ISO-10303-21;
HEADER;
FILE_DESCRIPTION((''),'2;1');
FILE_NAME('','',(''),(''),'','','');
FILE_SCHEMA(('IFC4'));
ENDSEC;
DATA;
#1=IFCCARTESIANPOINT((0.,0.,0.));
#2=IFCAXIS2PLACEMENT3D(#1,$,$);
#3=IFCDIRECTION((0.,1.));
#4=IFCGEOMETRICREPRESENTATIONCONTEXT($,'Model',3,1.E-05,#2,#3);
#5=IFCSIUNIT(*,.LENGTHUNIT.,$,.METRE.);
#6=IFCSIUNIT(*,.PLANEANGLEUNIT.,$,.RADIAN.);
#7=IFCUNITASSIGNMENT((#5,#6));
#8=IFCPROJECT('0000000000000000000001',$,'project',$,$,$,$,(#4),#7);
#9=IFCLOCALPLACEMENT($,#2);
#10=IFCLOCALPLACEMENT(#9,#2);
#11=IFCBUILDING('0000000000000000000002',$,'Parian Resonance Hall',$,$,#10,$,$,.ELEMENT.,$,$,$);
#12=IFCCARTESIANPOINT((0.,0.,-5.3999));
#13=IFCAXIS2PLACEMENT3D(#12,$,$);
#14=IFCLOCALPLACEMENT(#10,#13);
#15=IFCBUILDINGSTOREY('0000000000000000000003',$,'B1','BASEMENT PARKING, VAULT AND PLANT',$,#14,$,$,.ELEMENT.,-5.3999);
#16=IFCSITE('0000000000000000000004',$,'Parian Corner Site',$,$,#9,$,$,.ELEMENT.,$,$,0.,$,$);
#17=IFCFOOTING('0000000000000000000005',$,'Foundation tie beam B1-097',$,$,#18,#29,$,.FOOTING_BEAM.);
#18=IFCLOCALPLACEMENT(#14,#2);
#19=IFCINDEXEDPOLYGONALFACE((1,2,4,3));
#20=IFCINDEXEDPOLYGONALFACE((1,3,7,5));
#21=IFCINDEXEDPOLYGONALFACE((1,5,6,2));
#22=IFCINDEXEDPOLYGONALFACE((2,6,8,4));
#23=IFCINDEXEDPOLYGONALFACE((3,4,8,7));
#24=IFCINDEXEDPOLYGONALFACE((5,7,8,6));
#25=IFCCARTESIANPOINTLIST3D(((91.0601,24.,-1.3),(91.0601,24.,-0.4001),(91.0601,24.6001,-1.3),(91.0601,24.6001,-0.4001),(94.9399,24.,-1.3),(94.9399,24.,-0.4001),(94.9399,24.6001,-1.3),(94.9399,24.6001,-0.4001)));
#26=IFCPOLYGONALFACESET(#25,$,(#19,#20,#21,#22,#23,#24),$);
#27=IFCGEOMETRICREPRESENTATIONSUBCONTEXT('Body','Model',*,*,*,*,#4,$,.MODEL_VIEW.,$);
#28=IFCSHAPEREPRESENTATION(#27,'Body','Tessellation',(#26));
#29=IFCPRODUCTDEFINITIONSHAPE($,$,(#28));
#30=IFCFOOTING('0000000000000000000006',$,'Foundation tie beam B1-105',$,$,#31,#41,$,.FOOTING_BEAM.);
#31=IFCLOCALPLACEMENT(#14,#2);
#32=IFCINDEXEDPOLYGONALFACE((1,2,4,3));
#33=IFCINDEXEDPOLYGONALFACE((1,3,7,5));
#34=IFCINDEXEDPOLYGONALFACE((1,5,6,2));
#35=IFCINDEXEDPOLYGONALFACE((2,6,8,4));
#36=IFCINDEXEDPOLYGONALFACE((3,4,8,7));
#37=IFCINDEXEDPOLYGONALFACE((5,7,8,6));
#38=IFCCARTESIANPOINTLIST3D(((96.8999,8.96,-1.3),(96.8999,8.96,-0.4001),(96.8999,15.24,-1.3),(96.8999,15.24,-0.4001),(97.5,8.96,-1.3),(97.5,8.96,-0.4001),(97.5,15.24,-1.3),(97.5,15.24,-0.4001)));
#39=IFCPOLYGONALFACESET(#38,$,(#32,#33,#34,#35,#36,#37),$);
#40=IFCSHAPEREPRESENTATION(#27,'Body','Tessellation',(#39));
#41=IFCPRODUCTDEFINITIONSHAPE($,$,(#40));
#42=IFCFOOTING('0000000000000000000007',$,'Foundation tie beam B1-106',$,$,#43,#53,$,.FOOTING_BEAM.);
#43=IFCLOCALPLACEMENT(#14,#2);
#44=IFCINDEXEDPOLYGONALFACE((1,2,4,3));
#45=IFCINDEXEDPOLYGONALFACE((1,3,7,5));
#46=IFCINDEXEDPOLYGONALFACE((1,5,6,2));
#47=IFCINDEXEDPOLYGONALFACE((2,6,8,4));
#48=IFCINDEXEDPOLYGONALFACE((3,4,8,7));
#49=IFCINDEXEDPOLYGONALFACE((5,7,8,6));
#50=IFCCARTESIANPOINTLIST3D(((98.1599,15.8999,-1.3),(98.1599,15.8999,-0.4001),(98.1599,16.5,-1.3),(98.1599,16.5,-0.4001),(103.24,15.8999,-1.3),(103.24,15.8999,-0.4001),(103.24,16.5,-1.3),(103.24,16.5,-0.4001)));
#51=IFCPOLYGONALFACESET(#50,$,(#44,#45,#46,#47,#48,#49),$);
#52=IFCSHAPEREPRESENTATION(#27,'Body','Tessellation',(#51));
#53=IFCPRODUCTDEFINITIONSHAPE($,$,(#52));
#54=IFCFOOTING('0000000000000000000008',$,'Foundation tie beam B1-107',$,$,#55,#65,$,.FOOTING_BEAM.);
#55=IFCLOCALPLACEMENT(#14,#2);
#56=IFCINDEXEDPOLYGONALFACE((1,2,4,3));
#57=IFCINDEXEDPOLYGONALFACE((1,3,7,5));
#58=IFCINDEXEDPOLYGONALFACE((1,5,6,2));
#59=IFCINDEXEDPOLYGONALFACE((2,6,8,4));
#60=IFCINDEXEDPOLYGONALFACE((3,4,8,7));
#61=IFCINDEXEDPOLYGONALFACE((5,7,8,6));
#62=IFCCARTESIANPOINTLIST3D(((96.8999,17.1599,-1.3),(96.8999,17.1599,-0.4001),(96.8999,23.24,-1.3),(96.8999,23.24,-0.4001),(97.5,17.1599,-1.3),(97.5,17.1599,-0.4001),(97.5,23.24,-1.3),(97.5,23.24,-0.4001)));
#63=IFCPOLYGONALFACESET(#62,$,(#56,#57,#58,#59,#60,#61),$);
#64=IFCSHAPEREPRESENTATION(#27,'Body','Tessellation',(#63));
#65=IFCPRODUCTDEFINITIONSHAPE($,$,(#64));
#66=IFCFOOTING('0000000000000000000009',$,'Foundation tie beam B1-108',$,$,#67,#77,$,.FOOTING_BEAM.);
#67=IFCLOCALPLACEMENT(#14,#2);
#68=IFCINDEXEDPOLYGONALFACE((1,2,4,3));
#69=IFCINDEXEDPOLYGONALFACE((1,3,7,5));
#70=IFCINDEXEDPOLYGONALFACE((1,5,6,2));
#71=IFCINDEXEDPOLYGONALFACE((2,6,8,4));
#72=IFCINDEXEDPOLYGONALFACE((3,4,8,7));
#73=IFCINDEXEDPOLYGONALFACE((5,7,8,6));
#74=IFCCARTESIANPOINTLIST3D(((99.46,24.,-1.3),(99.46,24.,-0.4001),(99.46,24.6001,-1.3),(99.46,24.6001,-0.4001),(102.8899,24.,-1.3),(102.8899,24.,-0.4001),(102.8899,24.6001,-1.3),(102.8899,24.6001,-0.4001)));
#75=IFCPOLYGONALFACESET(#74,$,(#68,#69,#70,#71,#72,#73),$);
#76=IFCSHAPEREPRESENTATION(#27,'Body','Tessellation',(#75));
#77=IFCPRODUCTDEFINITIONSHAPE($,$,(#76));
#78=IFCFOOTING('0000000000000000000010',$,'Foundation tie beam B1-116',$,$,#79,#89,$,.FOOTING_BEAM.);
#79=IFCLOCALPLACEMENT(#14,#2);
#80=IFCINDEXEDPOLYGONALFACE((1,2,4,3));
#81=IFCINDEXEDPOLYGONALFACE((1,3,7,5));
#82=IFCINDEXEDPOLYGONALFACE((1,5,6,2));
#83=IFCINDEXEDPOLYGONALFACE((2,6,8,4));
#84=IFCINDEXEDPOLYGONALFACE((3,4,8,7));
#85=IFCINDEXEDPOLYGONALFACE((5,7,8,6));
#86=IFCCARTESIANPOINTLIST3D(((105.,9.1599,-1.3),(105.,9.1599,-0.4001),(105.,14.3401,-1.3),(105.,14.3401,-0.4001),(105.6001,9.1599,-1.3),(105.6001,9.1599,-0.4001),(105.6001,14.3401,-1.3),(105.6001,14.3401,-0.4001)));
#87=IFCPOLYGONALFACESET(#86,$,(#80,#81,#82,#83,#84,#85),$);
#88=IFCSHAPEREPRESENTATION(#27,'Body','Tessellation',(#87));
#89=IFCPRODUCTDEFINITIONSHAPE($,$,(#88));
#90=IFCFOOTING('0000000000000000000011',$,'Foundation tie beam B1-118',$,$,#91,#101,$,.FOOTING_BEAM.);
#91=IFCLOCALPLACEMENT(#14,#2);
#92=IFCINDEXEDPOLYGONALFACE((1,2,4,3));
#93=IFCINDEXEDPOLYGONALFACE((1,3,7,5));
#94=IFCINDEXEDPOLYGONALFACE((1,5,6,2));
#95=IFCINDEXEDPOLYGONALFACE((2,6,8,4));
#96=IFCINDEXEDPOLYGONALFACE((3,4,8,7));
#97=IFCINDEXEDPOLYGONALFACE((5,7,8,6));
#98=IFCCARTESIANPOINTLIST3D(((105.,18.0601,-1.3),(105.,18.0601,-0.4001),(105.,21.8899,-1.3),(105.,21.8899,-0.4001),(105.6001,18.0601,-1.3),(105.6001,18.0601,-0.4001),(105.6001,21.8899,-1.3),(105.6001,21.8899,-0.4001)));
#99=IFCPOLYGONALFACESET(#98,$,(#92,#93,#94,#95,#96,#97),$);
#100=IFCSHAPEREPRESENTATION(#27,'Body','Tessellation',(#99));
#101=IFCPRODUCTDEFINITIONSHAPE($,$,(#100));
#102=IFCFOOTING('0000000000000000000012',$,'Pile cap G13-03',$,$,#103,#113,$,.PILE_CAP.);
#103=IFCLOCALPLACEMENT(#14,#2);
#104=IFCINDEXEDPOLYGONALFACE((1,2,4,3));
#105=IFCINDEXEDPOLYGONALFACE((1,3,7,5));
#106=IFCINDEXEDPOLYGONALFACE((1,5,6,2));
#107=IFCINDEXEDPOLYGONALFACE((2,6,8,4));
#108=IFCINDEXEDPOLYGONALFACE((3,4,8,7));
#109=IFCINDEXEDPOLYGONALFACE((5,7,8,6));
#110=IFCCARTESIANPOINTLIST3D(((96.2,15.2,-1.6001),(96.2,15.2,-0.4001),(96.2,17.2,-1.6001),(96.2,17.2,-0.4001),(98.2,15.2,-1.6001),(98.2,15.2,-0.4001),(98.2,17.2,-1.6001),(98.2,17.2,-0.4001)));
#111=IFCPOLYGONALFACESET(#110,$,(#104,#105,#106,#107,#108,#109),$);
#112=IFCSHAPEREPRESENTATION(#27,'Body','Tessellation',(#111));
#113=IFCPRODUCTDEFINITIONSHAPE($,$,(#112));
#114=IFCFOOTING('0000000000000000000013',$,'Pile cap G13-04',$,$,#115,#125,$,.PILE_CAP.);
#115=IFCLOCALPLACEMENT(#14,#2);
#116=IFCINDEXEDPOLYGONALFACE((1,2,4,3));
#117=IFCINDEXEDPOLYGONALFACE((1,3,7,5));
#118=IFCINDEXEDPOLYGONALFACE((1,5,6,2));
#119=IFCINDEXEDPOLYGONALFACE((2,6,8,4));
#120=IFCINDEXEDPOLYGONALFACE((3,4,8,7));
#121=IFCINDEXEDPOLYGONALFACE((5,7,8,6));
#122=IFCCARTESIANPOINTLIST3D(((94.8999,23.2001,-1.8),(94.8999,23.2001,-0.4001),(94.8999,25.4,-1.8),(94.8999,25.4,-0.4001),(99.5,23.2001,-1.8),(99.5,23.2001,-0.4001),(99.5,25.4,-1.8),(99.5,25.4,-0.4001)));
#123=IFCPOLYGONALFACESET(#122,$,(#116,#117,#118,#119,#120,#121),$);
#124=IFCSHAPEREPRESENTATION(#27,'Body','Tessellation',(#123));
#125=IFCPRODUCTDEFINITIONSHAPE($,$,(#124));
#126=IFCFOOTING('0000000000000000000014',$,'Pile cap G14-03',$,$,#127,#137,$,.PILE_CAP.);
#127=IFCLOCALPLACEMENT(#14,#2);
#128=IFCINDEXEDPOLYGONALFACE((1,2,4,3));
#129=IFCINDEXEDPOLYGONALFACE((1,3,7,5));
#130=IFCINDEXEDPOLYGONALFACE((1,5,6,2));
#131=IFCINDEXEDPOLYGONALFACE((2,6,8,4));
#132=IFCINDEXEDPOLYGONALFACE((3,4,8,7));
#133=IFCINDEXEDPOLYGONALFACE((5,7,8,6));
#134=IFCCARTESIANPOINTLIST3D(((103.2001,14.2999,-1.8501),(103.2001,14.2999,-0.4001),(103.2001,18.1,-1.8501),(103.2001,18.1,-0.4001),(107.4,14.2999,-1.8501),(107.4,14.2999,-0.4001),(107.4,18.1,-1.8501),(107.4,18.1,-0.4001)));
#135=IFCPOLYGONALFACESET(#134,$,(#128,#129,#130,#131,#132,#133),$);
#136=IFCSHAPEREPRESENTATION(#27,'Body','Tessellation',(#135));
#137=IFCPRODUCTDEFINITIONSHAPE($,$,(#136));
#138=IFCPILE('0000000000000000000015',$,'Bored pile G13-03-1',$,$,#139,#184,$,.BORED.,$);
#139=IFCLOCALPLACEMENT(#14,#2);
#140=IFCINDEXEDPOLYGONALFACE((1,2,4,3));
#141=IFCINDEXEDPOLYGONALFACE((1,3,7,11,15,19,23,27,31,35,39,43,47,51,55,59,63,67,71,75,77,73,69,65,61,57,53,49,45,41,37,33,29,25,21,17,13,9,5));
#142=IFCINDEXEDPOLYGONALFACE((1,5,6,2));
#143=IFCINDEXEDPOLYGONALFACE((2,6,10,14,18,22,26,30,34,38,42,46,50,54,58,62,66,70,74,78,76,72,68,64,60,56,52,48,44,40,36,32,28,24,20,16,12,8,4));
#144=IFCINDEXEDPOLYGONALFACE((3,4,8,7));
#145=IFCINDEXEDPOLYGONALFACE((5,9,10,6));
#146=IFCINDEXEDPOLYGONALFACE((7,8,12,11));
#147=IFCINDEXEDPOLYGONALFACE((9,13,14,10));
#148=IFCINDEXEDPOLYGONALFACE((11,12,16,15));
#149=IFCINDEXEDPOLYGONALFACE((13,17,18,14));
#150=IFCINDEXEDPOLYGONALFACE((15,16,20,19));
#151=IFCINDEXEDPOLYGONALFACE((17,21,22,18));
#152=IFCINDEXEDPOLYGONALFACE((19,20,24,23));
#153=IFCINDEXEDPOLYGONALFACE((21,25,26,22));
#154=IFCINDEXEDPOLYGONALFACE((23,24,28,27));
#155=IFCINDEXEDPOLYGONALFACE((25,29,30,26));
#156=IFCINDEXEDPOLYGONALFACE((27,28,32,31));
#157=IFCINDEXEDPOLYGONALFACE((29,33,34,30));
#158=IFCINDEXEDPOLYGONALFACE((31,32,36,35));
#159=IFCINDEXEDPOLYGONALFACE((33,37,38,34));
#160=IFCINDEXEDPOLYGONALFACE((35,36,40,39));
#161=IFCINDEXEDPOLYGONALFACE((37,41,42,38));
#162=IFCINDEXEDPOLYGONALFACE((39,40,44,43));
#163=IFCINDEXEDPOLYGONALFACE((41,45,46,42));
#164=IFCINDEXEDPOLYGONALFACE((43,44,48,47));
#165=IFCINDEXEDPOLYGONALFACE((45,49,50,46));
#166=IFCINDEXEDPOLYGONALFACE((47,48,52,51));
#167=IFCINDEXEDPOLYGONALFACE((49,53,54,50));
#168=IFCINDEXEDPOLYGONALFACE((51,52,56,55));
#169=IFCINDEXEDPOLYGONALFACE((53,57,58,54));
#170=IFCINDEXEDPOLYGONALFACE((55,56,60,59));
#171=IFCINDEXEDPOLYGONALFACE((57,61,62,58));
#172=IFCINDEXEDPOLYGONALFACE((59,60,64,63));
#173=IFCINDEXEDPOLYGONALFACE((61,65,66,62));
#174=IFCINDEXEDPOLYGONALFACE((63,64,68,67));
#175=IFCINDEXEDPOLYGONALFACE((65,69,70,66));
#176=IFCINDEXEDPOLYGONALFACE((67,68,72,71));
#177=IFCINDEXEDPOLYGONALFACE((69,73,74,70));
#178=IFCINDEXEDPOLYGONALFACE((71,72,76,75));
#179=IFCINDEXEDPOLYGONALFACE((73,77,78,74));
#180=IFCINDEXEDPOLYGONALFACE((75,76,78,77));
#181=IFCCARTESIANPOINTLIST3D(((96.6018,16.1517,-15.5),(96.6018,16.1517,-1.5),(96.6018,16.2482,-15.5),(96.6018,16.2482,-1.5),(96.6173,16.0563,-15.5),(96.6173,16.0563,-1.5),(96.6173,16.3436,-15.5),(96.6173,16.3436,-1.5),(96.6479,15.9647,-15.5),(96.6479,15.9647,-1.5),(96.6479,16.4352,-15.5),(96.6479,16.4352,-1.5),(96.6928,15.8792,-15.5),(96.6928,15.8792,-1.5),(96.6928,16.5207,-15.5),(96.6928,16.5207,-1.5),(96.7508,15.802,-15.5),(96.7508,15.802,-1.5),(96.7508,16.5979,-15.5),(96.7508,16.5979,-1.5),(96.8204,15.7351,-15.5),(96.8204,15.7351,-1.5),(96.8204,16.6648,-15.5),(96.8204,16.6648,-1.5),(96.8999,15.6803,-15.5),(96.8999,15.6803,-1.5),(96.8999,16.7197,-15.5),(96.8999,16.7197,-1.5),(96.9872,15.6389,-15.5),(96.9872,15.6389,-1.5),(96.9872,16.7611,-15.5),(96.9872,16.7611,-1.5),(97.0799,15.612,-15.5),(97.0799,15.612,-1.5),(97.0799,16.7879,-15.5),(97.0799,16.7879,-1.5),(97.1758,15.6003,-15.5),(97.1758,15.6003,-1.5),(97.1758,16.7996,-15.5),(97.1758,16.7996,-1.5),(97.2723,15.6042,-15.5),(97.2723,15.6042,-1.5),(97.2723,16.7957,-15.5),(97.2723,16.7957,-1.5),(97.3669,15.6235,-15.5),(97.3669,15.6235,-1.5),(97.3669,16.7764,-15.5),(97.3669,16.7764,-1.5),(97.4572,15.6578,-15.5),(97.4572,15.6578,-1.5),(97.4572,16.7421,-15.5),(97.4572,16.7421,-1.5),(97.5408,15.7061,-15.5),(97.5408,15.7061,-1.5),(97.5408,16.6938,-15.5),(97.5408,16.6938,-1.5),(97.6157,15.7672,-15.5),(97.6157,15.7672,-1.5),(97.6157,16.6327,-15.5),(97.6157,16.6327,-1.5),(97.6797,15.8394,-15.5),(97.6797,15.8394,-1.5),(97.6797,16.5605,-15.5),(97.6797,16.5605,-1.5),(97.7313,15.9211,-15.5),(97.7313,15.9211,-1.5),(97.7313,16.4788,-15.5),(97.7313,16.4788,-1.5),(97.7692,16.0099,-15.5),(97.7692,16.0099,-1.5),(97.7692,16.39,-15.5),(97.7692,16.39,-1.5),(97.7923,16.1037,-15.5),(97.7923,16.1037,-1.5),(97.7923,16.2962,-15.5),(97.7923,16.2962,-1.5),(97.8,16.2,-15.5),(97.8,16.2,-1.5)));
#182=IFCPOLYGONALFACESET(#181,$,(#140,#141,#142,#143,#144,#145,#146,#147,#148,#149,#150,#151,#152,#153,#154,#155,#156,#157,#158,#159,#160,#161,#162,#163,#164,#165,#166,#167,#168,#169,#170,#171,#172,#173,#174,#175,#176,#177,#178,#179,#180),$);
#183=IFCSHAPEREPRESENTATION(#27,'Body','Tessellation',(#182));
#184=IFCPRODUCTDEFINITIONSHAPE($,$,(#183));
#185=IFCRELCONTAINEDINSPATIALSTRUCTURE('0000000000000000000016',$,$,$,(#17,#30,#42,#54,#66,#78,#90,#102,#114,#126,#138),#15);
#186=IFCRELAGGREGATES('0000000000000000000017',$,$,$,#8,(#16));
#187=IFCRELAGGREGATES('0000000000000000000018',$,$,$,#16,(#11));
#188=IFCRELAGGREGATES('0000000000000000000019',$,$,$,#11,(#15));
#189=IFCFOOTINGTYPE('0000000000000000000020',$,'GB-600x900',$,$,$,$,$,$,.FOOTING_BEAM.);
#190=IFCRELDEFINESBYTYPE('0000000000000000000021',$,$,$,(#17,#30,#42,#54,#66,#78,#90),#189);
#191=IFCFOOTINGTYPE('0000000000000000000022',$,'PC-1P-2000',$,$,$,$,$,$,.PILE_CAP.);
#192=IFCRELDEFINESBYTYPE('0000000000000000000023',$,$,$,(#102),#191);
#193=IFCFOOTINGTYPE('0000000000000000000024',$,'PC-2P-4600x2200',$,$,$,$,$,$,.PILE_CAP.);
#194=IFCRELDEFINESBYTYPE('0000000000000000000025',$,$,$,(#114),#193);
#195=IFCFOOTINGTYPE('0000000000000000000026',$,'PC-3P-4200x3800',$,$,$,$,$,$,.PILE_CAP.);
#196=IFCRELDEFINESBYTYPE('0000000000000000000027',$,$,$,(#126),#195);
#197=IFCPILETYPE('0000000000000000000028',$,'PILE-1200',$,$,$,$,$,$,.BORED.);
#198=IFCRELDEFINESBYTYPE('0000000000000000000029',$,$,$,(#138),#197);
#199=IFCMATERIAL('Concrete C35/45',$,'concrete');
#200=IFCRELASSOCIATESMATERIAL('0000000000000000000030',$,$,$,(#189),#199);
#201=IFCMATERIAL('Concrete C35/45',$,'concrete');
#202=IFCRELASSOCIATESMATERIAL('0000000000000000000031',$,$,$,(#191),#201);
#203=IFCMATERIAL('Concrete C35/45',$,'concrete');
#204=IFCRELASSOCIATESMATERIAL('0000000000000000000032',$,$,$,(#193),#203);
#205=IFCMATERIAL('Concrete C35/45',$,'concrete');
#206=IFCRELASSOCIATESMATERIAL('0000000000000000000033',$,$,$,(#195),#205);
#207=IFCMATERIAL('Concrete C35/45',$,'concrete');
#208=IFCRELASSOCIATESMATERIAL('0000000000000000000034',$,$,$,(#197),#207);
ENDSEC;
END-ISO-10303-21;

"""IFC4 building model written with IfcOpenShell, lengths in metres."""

from ifc_helpers import new_model, si_unit, direction, frame, origin, origin_2d, place, context, subcontext, project, spatial, rectangle, circle, extrude, material, material_profile, profile_set, type_object, element, save


model = new_model("IFC4")

# Units and contexts
model_context = context("Model", 3, precision=1e-05, world=origin(), true_north=direction((0.0, 1.0)))
body_context = subcontext(model_context, "Body", "Model", "MODEL_VIEW")
ifc_project = project(units=[si_unit("LENGTHUNIT", "METRE"), si_unit("PLANEANGLEUNIT", "RADIAN")], contexts=[model_context])

# Site, building, storey
site_placement = place(None, origin())
site = spatial("IfcSite", under=ifc_project, at=site_placement, Name="Parian Corner Site", CompositionType="ELEMENT", RefElevation=0.0)
building_placement = place(site_placement, origin())
building = spatial("IfcBuilding", under=site, at=building_placement, Name="Parian Resonance Hall", CompositionType="ELEMENT")
storey_placement = place(building_placement, frame((0.0, 0.0, -5.3999)))
storey = spatial("IfcBuildingStorey", under=building, at=storey_placement, Name="B1", Description="BASEMENT PARKING, VAULT AND PLANT", CompositionType="ELEMENT", Elevation=-5.3999)

# Footings
ifc_material_1 = material(Name="Concrete C35/45", Category="concrete")
ifc_material_profile_1 = material_profile(ifc_material_1, rectangle(XDim=0.6001, YDim=0.8999, at=origin_2d()), Name="RC-GB-600x900")
ifc_profile_set_1 = profile_set([ifc_material_profile_1], Name="Concrete C35/45")
footing_type_1 = type_object("IfcFootingType", Name="GB-600x900", PredefinedType="FOOTING_BEAM", material=ifc_profile_set_1)
footing_1_placement = place(storey_placement, frame((91.0601, 24.3, -0.8501), z_axis=(1.0, 0.0, 0.0), x_axis=(0.0, 1.0, 0.0)))
element("IfcFooting", 1, at=footing_1_placement, inside=storey, type_object=footing_type_1, Name="Foundation tie beam B1-097", PredefinedType="FOOTING_BEAM", context=body_context, shape_type="SweptSolid", body=[
    extrude(rectangle(XDim=0.6001, YDim=0.8999, at=origin_2d()), origin(), (0.0, 0.0, 1.0), 3.8799),
])
footing_2_placement = place(storey_placement, frame((97.2, 8.96, -0.8501), z_axis=(0.0, 1.0, 0.0), x_axis=(-1.0, 0.0, 0.0)))
element("IfcFooting", 2, at=footing_2_placement, inside=storey, type_object=footing_type_1, Name="Foundation tie beam B1-105", PredefinedType="FOOTING_BEAM", context=body_context, shape_type="SweptSolid", body=[
    extrude(rectangle(XDim=0.6001, YDim=0.8999, at=origin_2d()), origin(), (0.0, 0.0, 1.0), 6.28),
])
footing_3_placement = place(storey_placement, frame((98.1599, 16.2, -0.8501), z_axis=(1.0, 0.0, 0.0), x_axis=(0.0, 1.0, 0.0)))
element("IfcFooting", 3, at=footing_3_placement, inside=storey, type_object=footing_type_1, Name="Foundation tie beam B1-106", PredefinedType="FOOTING_BEAM", context=body_context, shape_type="SweptSolid", body=[
    extrude(rectangle(XDim=0.6001, YDim=0.8999, at=origin_2d()), origin(), (0.0, 0.0, 1.0), 5.0801),
])
footing_4_placement = place(storey_placement, frame((97.2, 17.1599, -0.8501), z_axis=(0.0, 1.0, 0.0), x_axis=(-1.0, 0.0, 0.0)))
element("IfcFooting", 4, at=footing_4_placement, inside=storey, type_object=footing_type_1, Name="Foundation tie beam B1-107", PredefinedType="FOOTING_BEAM", context=body_context, shape_type="SweptSolid", body=[
    extrude(rectangle(XDim=0.6001, YDim=0.8999, at=origin_2d()), origin(), (0.0, 0.0, 1.0), 6.0801),
])
footing_5_placement = place(storey_placement, frame((99.46, 24.3, -0.8501), z_axis=(1.0, 0.0, 0.0), x_axis=(0.0, 1.0, 0.0)))
element("IfcFooting", 5, at=footing_5_placement, inside=storey, type_object=footing_type_1, Name="Foundation tie beam B1-108", PredefinedType="FOOTING_BEAM", context=body_context, shape_type="SweptSolid", body=[
    extrude(rectangle(XDim=0.6001, YDim=0.8999, at=origin_2d()), origin(), (0.0, 0.0, 1.0), 3.4299),
])
footing_6_placement = place(storey_placement, frame((105.3, 9.1599, -0.8501), z_axis=(0.0, 1.0, 0.0), x_axis=(-1.0, 0.0, 0.0)))
element("IfcFooting", 6, at=footing_6_placement, inside=storey, type_object=footing_type_1, Name="Foundation tie beam B1-116", PredefinedType="FOOTING_BEAM", context=body_context, shape_type="SweptSolid", body=[
    extrude(rectangle(XDim=0.6001, YDim=0.8999, at=origin_2d()), origin(), (0.0, 0.0, 1.0), 5.1802),
])
footing_7_placement = place(storey_placement, frame((105.3, 18.0601, -0.8501), z_axis=(0.0, 1.0, 0.0), x_axis=(-1.0, 0.0, 0.0)))
element("IfcFooting", 7, at=footing_7_placement, inside=storey, type_object=footing_type_1, Name="Foundation tie beam B1-118", PredefinedType="FOOTING_BEAM", context=body_context, shape_type="SweptSolid", body=[
    extrude(rectangle(XDim=0.6001, YDim=0.8999, at=origin_2d()), origin(), (0.0, 0.0, 1.0), 3.8298),
])
ifc_material_2 = material(Name="Concrete C35/45", Category="concrete")
footing_type_2 = type_object("IfcFootingType", Name="PC-1P-2000", PredefinedType="PILE_CAP", material=ifc_material_2)
footing_8_placement = place(storey_placement, frame((97.2, 16.2, -1.6001), z_axis=(0.0, 0.0, 1.0), x_axis=(1.0, 0.0, 0.0)))
element("IfcFooting", 8, at=footing_8_placement, inside=storey, type_object=footing_type_2, Name="Pile cap G13-03", PredefinedType="PILE_CAP", context=body_context, shape_type="SweptSolid", body=[
    extrude(rectangle(XDim=2.0, YDim=2.0, at=origin_2d()), origin(), (0.0, 0.0, 1.0), 1.2),
])
ifc_material_3 = material(Name="Concrete C35/45", Category="concrete")
footing_type_3 = type_object("IfcFootingType", Name="PC-2P-4600x2200", PredefinedType="PILE_CAP", material=ifc_material_3)
footing_9_placement = place(storey_placement, frame((97.2, 24.3, -1.8), z_axis=(0.0, 0.0, 1.0), x_axis=(1.0, 0.0, 0.0)))
element("IfcFooting", 9, at=footing_9_placement, inside=storey, type_object=footing_type_3, Name="Pile cap G13-04", PredefinedType="PILE_CAP", context=body_context, shape_type="SweptSolid", body=[
    extrude(rectangle(XDim=4.6001, YDim=2.2, at=origin_2d()), origin(), (0.0, 0.0, 1.0), 1.3999),
])
ifc_material_4 = material(Name="Concrete C35/45", Category="concrete")
footing_type_4 = type_object("IfcFootingType", Name="PC-3P-4200x3800", PredefinedType="PILE_CAP", material=ifc_material_4)
footing_10_placement = place(storey_placement, frame((105.3, 16.2, -1.8501), z_axis=(0.0, 0.0, 1.0), x_axis=(1.0, 0.0, 0.0)))
element("IfcFooting", 10, at=footing_10_placement, inside=storey, type_object=footing_type_4, Name="Pile cap G14-03", PredefinedType="PILE_CAP", context=body_context, shape_type="SweptSolid", body=[
    extrude(rectangle(XDim=4.2, YDim=3.8, at=origin_2d()), origin(), (0.0, 0.0, 1.0), 1.45),
])

# Pile
ifc_material_5 = material(Name="Concrete C35/45", Category="concrete")
ifc_material_profile_2 = material_profile(ifc_material_5, circle(Radius=0.6001, at=origin_2d()), Name="PILE-D1200")
ifc_profile_set_2 = profile_set([ifc_material_profile_2], Name="Concrete C35/45")
pile_type_1 = type_object("IfcPileType", Name="PILE-1200", PredefinedType="BORED", material=ifc_profile_set_2)
for number, where, z_axis, x_axis, name in (
    (11, (97.2, 16.2, -1.5), (0.0, 0.0, -1.0), (1.0, 0.0, 0.0), "Bored pile G13-03-1"),
):
    element("IfcPile", number, at=place(storey_placement, frame(where, z_axis=z_axis, x_axis=x_axis)), inside=storey, type_object=pile_type_1, Name=name, PredefinedType="BORED", context=body_context, shape_type="SweptSolid", body=[
        extrude(circle(Radius=0.6001, at=origin_2d()), origin(), (0.0, 0.0, 1.0), 14.0),
    ])

save(model, "model.ifc")
